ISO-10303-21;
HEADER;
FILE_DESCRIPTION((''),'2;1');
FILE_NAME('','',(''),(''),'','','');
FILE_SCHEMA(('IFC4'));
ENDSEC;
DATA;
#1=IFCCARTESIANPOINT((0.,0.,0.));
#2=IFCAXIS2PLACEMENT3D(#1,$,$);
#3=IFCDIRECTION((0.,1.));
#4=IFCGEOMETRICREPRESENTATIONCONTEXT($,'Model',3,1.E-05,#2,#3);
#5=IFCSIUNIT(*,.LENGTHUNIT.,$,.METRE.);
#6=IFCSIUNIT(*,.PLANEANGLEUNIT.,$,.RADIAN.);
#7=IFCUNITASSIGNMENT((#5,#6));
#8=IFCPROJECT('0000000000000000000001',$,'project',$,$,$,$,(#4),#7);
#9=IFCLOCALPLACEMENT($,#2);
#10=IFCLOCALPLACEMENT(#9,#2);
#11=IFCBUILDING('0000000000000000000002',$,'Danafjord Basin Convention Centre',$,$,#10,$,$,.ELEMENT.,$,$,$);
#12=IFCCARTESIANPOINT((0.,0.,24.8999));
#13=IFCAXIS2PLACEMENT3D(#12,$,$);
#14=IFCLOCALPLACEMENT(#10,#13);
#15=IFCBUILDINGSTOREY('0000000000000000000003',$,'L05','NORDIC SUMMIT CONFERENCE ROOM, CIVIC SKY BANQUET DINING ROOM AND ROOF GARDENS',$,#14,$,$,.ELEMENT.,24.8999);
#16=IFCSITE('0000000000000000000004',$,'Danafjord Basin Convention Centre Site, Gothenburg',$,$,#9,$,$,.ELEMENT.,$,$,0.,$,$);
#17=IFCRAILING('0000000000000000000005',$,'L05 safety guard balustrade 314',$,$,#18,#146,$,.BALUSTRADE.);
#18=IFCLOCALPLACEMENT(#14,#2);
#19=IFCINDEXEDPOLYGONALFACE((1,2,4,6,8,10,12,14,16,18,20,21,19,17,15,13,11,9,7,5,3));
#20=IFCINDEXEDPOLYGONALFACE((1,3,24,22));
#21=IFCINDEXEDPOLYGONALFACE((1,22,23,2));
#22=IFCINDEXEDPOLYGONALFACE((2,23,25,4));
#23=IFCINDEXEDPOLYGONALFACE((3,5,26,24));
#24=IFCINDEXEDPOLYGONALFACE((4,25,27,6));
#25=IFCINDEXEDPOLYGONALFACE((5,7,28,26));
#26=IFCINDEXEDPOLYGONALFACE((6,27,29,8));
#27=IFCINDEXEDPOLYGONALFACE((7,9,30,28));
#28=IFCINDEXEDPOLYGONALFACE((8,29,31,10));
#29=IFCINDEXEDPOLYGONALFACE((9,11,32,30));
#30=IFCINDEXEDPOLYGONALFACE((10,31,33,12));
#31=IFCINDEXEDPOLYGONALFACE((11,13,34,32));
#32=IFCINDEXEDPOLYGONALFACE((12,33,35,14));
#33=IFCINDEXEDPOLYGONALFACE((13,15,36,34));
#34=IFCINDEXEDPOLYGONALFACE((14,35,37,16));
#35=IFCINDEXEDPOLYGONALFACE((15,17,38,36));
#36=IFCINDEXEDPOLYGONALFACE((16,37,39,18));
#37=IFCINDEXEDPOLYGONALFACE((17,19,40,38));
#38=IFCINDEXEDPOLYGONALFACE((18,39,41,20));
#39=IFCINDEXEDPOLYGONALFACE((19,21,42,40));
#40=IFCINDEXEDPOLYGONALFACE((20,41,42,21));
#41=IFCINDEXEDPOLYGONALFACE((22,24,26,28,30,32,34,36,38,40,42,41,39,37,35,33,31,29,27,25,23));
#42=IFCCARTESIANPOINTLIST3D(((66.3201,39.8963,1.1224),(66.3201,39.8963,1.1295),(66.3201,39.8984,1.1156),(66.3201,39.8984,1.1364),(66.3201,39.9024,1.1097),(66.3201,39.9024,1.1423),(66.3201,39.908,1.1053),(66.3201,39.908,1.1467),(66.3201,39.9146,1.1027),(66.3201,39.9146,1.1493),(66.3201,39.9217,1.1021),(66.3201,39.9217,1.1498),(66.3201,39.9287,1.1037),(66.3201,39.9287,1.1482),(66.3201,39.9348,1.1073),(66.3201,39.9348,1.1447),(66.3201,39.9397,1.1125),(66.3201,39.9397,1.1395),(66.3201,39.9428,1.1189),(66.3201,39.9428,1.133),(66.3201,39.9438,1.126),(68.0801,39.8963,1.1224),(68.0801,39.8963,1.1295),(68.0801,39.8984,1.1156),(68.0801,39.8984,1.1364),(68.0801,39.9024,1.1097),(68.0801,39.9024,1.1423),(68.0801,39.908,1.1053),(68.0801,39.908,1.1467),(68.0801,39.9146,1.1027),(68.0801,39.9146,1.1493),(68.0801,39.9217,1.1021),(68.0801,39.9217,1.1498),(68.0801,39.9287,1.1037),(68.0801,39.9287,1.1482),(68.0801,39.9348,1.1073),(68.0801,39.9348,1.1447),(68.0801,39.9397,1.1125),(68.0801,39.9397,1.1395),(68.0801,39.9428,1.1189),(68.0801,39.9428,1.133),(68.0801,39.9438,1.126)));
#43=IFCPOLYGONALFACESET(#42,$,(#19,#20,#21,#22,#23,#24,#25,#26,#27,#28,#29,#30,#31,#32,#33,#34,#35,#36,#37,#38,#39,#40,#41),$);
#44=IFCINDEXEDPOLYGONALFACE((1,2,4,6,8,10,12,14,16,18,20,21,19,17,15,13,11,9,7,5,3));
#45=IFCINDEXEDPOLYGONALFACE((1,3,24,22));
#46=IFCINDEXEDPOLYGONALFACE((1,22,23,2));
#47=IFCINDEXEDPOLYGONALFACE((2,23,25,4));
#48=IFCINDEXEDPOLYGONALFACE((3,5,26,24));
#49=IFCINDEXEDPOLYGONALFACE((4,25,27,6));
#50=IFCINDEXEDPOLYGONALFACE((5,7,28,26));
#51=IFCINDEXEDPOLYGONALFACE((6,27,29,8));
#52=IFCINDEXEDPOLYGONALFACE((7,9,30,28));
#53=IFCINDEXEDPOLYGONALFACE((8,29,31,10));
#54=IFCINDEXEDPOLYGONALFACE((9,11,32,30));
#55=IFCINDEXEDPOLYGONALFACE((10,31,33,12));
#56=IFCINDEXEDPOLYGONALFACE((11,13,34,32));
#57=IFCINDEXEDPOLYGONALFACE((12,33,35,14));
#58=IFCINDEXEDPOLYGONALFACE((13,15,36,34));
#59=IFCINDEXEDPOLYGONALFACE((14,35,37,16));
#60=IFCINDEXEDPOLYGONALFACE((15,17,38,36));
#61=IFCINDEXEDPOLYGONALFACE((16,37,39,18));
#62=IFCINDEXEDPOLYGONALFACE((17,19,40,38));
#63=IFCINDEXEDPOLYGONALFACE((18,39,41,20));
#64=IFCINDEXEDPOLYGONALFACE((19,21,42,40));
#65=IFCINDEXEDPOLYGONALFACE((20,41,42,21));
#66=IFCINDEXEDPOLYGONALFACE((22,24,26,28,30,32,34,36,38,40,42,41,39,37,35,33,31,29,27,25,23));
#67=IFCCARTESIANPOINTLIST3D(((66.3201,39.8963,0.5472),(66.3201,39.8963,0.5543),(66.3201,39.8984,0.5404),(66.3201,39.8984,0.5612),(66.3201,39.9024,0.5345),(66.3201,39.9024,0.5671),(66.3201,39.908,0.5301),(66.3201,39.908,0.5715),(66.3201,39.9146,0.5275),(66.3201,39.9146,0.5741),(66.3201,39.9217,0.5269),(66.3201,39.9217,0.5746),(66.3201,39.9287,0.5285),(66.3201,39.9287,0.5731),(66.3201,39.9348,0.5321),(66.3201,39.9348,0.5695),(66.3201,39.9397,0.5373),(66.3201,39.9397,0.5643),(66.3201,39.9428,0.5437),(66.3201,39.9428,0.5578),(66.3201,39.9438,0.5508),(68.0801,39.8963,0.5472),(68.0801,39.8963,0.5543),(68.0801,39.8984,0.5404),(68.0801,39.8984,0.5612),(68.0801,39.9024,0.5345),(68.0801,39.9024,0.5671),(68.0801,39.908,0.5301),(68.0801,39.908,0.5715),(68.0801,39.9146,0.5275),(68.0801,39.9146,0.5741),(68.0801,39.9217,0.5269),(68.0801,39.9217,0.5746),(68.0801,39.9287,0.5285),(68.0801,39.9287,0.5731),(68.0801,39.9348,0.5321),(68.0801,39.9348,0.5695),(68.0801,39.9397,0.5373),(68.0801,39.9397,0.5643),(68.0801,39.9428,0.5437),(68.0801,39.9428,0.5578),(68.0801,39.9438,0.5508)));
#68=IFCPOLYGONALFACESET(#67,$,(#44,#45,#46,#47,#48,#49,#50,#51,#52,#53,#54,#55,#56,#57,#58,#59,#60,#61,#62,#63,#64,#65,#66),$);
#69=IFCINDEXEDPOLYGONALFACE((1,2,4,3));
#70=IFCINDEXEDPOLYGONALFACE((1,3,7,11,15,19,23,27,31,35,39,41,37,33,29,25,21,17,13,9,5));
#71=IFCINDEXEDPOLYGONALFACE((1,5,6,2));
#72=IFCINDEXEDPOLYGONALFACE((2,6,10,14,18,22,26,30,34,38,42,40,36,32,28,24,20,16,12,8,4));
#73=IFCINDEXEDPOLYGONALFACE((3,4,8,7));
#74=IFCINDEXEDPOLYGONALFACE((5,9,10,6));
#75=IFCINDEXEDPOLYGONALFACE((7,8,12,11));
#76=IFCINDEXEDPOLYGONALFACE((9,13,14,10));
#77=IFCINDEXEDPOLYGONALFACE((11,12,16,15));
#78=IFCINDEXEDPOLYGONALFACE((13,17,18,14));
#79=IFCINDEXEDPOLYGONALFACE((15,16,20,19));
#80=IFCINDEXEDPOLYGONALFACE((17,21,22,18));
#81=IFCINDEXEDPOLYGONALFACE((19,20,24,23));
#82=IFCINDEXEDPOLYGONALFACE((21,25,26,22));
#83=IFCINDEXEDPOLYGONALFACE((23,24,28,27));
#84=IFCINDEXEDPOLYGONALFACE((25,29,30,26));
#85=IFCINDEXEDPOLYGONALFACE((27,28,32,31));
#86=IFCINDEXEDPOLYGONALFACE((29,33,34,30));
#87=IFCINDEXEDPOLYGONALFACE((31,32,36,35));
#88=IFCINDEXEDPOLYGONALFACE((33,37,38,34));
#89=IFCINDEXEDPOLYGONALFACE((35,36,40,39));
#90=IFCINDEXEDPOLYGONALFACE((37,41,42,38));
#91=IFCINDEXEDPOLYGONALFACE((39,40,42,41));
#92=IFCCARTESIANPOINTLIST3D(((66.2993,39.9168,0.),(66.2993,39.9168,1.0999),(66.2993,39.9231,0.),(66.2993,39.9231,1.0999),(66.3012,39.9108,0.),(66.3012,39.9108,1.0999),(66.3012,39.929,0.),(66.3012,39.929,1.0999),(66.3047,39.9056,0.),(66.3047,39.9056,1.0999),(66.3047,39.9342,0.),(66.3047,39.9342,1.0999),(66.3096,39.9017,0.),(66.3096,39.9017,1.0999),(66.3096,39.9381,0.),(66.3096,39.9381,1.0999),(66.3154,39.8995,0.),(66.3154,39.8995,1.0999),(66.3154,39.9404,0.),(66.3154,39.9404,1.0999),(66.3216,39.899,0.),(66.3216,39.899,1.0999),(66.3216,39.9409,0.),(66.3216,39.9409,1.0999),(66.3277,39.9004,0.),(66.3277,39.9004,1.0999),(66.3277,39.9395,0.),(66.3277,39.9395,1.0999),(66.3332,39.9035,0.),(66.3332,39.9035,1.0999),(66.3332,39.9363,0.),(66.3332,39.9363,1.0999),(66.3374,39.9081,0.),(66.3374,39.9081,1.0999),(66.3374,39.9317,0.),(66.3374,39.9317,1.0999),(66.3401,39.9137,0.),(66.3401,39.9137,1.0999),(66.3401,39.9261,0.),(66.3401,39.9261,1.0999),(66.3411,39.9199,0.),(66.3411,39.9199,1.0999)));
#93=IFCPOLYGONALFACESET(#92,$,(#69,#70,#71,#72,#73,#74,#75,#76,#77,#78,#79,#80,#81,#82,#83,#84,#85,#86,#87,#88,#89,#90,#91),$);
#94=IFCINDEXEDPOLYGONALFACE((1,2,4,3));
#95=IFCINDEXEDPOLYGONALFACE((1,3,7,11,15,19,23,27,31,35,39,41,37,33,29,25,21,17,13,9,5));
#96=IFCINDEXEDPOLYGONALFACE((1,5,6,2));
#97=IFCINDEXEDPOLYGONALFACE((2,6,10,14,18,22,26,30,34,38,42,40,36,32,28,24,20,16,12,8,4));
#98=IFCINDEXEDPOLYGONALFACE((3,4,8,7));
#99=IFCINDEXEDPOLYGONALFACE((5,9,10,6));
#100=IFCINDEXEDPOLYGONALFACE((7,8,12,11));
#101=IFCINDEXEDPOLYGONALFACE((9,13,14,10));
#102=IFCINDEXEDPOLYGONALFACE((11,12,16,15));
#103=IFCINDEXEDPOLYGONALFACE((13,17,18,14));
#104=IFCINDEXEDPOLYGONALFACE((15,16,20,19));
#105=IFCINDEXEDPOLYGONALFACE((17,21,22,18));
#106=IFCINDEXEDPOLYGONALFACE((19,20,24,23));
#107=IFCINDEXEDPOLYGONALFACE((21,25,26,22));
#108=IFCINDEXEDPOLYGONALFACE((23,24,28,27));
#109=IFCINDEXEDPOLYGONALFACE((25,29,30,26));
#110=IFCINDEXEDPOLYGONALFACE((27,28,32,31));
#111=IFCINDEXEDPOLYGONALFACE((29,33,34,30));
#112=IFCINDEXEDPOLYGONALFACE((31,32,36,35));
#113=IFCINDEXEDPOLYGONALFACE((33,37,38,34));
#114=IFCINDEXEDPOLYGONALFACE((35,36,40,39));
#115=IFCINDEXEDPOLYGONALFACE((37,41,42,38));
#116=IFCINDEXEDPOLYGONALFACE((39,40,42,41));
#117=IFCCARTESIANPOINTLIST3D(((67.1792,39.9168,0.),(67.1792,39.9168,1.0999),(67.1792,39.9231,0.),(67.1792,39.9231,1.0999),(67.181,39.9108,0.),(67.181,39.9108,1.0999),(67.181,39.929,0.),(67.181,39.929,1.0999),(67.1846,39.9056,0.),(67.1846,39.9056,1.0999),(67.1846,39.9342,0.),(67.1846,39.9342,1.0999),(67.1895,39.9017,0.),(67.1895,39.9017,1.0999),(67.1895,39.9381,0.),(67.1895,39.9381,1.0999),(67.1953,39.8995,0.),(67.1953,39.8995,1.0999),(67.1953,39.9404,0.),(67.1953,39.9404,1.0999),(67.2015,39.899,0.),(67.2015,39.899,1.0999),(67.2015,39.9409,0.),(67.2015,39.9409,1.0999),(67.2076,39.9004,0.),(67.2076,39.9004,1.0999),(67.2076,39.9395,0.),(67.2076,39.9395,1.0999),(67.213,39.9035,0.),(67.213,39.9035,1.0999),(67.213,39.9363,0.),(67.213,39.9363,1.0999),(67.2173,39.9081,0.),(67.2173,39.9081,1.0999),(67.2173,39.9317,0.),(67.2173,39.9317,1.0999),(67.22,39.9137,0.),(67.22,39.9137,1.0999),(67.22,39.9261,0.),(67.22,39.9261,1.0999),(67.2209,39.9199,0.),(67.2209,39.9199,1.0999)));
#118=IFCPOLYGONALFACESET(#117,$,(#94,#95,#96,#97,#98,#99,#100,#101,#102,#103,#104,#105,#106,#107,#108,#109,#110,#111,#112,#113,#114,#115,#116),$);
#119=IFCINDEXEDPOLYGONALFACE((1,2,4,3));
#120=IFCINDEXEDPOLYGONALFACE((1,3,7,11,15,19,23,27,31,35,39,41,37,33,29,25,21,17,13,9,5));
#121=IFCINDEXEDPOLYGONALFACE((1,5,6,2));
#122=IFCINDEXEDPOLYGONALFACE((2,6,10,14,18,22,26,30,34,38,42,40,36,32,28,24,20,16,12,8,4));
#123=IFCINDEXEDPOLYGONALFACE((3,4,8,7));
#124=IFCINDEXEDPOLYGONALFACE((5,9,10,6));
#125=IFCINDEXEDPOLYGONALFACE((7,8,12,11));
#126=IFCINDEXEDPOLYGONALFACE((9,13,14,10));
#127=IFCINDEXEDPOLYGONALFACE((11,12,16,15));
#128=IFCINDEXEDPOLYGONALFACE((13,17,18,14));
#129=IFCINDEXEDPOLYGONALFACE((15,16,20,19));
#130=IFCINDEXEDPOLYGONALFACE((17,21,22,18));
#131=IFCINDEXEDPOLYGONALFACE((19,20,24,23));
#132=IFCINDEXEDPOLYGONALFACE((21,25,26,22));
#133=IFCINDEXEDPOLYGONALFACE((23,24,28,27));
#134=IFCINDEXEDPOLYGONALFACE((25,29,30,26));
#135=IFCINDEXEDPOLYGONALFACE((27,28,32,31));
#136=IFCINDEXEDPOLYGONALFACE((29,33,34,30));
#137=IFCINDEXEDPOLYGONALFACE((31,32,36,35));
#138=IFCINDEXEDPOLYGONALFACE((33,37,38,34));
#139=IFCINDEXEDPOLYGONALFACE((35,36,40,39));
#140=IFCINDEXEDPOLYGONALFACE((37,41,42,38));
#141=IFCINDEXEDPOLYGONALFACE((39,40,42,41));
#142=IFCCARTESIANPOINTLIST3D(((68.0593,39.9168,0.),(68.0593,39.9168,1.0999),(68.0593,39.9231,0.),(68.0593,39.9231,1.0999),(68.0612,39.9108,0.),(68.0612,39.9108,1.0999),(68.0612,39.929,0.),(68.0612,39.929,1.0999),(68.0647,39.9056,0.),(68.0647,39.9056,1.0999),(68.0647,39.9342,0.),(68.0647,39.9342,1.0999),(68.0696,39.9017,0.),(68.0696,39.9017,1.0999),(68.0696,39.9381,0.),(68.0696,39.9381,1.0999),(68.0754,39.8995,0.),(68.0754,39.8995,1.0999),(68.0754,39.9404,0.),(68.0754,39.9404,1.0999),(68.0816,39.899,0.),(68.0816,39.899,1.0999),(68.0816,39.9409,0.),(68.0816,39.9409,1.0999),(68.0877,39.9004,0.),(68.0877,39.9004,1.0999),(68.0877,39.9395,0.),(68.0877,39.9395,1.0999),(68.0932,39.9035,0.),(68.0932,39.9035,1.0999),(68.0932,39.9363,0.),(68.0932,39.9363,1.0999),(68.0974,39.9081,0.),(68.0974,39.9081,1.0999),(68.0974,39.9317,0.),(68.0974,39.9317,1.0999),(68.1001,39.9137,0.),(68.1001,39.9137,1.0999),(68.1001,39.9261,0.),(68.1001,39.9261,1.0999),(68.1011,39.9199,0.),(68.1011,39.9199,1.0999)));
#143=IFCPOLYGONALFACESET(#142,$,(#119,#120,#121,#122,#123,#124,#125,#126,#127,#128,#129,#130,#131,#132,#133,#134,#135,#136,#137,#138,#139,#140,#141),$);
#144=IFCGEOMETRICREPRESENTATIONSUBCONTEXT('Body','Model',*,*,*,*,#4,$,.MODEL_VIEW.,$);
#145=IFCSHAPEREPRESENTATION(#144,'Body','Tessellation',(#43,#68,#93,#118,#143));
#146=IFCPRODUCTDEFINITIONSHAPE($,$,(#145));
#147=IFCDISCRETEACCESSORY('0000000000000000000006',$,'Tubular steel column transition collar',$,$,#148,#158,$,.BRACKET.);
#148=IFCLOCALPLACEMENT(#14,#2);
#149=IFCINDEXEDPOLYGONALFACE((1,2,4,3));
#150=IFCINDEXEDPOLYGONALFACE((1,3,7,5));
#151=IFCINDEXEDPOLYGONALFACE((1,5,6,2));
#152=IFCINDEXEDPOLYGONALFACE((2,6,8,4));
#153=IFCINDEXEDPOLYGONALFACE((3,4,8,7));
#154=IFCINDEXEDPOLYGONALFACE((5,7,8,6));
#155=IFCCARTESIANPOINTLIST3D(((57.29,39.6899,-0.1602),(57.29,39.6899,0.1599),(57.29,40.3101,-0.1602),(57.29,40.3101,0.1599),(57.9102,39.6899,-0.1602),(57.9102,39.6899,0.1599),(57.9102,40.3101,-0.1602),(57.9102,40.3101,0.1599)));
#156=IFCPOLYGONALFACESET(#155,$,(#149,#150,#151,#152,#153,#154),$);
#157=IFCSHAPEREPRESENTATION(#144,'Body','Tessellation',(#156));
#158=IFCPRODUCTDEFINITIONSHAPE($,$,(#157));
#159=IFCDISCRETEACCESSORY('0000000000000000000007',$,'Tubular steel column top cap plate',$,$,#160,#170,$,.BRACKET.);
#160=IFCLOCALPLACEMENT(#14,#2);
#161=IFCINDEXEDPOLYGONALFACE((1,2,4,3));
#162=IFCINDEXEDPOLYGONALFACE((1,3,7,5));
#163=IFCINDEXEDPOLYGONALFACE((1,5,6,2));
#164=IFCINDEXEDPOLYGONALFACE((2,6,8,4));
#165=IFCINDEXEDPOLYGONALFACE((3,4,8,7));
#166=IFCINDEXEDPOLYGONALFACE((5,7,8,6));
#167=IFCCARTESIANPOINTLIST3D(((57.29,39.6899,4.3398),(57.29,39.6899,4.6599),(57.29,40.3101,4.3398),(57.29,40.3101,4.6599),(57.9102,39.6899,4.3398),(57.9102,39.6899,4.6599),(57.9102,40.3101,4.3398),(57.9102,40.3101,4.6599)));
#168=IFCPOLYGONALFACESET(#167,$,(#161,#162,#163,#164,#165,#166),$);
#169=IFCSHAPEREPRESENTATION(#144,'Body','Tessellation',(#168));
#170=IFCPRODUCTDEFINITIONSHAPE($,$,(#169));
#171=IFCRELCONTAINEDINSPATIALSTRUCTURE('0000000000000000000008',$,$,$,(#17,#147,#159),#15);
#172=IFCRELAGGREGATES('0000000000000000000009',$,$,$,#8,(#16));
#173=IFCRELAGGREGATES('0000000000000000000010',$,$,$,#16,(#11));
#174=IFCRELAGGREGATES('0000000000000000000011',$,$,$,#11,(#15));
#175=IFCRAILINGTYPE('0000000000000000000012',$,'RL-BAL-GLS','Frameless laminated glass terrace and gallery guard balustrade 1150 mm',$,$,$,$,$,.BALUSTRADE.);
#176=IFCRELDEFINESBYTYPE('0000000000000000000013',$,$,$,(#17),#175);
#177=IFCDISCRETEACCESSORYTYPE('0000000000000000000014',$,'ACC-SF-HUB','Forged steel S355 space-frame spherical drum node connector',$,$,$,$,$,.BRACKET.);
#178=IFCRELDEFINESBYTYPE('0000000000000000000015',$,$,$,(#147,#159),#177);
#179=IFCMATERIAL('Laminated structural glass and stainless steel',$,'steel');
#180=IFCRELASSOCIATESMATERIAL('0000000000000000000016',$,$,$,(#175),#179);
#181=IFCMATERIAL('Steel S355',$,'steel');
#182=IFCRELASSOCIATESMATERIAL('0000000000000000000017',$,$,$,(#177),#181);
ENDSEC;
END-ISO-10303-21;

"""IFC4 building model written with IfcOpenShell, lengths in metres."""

from ifc_helpers import new_model, si_unit, direction, frame, origin, origin_2d, place, context, subcontext, project, spatial, rectangle, circle, extrude, material, type_object, element, save


model = new_model("IFC4")

# Units and contexts
model_context = context("Model", 3, precision=1e-05, world=origin(), true_north=direction((0.0, 1.0)))
body_context = subcontext(model_context, "Body", "Model", "MODEL_VIEW")
ifc_project = project(units=[si_unit("LENGTHUNIT", "METRE"), si_unit("PLANEANGLEUNIT", "RADIAN")], contexts=[model_context])

# Site, building, storey
site_placement = place(None, origin())
site = spatial("IfcSite", under=ifc_project, at=site_placement, Name="Danafjord Basin Convention Centre Site, Gothenburg", CompositionType="ELEMENT", RefElevation=0.0)
building_placement = place(site_placement, origin())
building = spatial("IfcBuilding", under=site, at=building_placement, Name="Danafjord Basin Convention Centre", CompositionType="ELEMENT")
storey_placement = place(building_placement, frame((0.0, 0.0, 24.8999)))
storey = spatial("IfcBuildingStorey", under=building, at=storey_placement, Name="L05", Description="NORDIC SUMMIT CONFERENCE ROOM, CIVIC SKY BANQUET DINING ROOM AND ROOF GARDENS", CompositionType="ELEMENT", Elevation=24.8999)

# Shared definitions
ifc_material_1 = material(Name="Steel S355", Category="steel")

# Railing
ifc_material_2 = material(Name="Laminated structural glass and stainless steel", Category="steel")
railing_type = type_object("IfcRailingType", Name="RL-BAL-GLS", Description="Frameless laminated glass terrace and gallery guard balustrade 1150 mm", PredefinedType="BALUSTRADE", material=ifc_material_2)
for number, where, name in (
    (1, (66.3201, 39.9199, 0.0), "L05 safety guard balustrade 314"),
):
    element("IfcRailing", number, at=place(storey_placement, frame(where)), inside=storey, type_object=railing_type, Name=name, PredefinedType="BALUSTRADE", context=body_context, shape_type="SweptSolid", body=[
        extrude(circle(Radius=0.0239, at=origin_2d()), frame((0.0, 0.0, 1.126), z_axis=(1.0, 0.0, 0.0), x_axis=(0.0, 1.0, 0.0)), (0.0, 0.0, 1.0), 1.76),
        extrude(circle(Radius=0.0239, at=origin_2d()), frame((0.0, 0.0, 0.5508), z_axis=(1.0, 0.0, 0.0), x_axis=(0.0, 1.0, 0.0)), (0.0, 0.0, 1.0), 1.76),
        extrude(circle(Radius=0.021, at=origin_2d()), origin(), (0.0, 0.0, 1.0), 1.0999),
        extrude(circle(Radius=0.021, at=origin_2d()), frame((0.8799, 0.0, 0.0)), (0.0, 0.0, 1.0), 1.0999),
        extrude(circle(Radius=0.021, at=origin_2d()), frame((1.76, 0.0, 0.0)), (0.0, 0.0, 1.0), 1.0999),
    ])

# Discrete accessories
discrete_accessory_type = type_object("IfcDiscreteAccessoryType", Name="ACC-SF-HUB", Description="Forged steel S355 space-frame spherical drum node connector", PredefinedType="BRACKET", material=ifc_material_1)
for number, where, z_axis, x_axis, name in (
    (2, (57.6001, 40.0, -0.1602), (0.0, 0.0, 1.0), (1.0, 0.0, 0.0), "Tubular steel column transition collar"),
    (3, (57.6001, 40.0, 4.3398), (0.0, 0.0, 1.0), (1.0, 0.0, 0.0), "Tubular steel column top cap plate"),
):
    element("IfcDiscreteAccessory", number, at=place(storey_placement, frame(where, z_axis=z_axis, x_axis=x_axis)), inside=storey, type_object=discrete_accessory_type, Name=name, PredefinedType="BRACKET", context=body_context, shape_type="SweptSolid", body=[
        extrude(rectangle(XDim=0.6201, YDim=0.6201, at=origin_2d()), origin(), (0.0, 0.0, 1.0), 0.3201),
    ])

save(model, "model.ifc")
